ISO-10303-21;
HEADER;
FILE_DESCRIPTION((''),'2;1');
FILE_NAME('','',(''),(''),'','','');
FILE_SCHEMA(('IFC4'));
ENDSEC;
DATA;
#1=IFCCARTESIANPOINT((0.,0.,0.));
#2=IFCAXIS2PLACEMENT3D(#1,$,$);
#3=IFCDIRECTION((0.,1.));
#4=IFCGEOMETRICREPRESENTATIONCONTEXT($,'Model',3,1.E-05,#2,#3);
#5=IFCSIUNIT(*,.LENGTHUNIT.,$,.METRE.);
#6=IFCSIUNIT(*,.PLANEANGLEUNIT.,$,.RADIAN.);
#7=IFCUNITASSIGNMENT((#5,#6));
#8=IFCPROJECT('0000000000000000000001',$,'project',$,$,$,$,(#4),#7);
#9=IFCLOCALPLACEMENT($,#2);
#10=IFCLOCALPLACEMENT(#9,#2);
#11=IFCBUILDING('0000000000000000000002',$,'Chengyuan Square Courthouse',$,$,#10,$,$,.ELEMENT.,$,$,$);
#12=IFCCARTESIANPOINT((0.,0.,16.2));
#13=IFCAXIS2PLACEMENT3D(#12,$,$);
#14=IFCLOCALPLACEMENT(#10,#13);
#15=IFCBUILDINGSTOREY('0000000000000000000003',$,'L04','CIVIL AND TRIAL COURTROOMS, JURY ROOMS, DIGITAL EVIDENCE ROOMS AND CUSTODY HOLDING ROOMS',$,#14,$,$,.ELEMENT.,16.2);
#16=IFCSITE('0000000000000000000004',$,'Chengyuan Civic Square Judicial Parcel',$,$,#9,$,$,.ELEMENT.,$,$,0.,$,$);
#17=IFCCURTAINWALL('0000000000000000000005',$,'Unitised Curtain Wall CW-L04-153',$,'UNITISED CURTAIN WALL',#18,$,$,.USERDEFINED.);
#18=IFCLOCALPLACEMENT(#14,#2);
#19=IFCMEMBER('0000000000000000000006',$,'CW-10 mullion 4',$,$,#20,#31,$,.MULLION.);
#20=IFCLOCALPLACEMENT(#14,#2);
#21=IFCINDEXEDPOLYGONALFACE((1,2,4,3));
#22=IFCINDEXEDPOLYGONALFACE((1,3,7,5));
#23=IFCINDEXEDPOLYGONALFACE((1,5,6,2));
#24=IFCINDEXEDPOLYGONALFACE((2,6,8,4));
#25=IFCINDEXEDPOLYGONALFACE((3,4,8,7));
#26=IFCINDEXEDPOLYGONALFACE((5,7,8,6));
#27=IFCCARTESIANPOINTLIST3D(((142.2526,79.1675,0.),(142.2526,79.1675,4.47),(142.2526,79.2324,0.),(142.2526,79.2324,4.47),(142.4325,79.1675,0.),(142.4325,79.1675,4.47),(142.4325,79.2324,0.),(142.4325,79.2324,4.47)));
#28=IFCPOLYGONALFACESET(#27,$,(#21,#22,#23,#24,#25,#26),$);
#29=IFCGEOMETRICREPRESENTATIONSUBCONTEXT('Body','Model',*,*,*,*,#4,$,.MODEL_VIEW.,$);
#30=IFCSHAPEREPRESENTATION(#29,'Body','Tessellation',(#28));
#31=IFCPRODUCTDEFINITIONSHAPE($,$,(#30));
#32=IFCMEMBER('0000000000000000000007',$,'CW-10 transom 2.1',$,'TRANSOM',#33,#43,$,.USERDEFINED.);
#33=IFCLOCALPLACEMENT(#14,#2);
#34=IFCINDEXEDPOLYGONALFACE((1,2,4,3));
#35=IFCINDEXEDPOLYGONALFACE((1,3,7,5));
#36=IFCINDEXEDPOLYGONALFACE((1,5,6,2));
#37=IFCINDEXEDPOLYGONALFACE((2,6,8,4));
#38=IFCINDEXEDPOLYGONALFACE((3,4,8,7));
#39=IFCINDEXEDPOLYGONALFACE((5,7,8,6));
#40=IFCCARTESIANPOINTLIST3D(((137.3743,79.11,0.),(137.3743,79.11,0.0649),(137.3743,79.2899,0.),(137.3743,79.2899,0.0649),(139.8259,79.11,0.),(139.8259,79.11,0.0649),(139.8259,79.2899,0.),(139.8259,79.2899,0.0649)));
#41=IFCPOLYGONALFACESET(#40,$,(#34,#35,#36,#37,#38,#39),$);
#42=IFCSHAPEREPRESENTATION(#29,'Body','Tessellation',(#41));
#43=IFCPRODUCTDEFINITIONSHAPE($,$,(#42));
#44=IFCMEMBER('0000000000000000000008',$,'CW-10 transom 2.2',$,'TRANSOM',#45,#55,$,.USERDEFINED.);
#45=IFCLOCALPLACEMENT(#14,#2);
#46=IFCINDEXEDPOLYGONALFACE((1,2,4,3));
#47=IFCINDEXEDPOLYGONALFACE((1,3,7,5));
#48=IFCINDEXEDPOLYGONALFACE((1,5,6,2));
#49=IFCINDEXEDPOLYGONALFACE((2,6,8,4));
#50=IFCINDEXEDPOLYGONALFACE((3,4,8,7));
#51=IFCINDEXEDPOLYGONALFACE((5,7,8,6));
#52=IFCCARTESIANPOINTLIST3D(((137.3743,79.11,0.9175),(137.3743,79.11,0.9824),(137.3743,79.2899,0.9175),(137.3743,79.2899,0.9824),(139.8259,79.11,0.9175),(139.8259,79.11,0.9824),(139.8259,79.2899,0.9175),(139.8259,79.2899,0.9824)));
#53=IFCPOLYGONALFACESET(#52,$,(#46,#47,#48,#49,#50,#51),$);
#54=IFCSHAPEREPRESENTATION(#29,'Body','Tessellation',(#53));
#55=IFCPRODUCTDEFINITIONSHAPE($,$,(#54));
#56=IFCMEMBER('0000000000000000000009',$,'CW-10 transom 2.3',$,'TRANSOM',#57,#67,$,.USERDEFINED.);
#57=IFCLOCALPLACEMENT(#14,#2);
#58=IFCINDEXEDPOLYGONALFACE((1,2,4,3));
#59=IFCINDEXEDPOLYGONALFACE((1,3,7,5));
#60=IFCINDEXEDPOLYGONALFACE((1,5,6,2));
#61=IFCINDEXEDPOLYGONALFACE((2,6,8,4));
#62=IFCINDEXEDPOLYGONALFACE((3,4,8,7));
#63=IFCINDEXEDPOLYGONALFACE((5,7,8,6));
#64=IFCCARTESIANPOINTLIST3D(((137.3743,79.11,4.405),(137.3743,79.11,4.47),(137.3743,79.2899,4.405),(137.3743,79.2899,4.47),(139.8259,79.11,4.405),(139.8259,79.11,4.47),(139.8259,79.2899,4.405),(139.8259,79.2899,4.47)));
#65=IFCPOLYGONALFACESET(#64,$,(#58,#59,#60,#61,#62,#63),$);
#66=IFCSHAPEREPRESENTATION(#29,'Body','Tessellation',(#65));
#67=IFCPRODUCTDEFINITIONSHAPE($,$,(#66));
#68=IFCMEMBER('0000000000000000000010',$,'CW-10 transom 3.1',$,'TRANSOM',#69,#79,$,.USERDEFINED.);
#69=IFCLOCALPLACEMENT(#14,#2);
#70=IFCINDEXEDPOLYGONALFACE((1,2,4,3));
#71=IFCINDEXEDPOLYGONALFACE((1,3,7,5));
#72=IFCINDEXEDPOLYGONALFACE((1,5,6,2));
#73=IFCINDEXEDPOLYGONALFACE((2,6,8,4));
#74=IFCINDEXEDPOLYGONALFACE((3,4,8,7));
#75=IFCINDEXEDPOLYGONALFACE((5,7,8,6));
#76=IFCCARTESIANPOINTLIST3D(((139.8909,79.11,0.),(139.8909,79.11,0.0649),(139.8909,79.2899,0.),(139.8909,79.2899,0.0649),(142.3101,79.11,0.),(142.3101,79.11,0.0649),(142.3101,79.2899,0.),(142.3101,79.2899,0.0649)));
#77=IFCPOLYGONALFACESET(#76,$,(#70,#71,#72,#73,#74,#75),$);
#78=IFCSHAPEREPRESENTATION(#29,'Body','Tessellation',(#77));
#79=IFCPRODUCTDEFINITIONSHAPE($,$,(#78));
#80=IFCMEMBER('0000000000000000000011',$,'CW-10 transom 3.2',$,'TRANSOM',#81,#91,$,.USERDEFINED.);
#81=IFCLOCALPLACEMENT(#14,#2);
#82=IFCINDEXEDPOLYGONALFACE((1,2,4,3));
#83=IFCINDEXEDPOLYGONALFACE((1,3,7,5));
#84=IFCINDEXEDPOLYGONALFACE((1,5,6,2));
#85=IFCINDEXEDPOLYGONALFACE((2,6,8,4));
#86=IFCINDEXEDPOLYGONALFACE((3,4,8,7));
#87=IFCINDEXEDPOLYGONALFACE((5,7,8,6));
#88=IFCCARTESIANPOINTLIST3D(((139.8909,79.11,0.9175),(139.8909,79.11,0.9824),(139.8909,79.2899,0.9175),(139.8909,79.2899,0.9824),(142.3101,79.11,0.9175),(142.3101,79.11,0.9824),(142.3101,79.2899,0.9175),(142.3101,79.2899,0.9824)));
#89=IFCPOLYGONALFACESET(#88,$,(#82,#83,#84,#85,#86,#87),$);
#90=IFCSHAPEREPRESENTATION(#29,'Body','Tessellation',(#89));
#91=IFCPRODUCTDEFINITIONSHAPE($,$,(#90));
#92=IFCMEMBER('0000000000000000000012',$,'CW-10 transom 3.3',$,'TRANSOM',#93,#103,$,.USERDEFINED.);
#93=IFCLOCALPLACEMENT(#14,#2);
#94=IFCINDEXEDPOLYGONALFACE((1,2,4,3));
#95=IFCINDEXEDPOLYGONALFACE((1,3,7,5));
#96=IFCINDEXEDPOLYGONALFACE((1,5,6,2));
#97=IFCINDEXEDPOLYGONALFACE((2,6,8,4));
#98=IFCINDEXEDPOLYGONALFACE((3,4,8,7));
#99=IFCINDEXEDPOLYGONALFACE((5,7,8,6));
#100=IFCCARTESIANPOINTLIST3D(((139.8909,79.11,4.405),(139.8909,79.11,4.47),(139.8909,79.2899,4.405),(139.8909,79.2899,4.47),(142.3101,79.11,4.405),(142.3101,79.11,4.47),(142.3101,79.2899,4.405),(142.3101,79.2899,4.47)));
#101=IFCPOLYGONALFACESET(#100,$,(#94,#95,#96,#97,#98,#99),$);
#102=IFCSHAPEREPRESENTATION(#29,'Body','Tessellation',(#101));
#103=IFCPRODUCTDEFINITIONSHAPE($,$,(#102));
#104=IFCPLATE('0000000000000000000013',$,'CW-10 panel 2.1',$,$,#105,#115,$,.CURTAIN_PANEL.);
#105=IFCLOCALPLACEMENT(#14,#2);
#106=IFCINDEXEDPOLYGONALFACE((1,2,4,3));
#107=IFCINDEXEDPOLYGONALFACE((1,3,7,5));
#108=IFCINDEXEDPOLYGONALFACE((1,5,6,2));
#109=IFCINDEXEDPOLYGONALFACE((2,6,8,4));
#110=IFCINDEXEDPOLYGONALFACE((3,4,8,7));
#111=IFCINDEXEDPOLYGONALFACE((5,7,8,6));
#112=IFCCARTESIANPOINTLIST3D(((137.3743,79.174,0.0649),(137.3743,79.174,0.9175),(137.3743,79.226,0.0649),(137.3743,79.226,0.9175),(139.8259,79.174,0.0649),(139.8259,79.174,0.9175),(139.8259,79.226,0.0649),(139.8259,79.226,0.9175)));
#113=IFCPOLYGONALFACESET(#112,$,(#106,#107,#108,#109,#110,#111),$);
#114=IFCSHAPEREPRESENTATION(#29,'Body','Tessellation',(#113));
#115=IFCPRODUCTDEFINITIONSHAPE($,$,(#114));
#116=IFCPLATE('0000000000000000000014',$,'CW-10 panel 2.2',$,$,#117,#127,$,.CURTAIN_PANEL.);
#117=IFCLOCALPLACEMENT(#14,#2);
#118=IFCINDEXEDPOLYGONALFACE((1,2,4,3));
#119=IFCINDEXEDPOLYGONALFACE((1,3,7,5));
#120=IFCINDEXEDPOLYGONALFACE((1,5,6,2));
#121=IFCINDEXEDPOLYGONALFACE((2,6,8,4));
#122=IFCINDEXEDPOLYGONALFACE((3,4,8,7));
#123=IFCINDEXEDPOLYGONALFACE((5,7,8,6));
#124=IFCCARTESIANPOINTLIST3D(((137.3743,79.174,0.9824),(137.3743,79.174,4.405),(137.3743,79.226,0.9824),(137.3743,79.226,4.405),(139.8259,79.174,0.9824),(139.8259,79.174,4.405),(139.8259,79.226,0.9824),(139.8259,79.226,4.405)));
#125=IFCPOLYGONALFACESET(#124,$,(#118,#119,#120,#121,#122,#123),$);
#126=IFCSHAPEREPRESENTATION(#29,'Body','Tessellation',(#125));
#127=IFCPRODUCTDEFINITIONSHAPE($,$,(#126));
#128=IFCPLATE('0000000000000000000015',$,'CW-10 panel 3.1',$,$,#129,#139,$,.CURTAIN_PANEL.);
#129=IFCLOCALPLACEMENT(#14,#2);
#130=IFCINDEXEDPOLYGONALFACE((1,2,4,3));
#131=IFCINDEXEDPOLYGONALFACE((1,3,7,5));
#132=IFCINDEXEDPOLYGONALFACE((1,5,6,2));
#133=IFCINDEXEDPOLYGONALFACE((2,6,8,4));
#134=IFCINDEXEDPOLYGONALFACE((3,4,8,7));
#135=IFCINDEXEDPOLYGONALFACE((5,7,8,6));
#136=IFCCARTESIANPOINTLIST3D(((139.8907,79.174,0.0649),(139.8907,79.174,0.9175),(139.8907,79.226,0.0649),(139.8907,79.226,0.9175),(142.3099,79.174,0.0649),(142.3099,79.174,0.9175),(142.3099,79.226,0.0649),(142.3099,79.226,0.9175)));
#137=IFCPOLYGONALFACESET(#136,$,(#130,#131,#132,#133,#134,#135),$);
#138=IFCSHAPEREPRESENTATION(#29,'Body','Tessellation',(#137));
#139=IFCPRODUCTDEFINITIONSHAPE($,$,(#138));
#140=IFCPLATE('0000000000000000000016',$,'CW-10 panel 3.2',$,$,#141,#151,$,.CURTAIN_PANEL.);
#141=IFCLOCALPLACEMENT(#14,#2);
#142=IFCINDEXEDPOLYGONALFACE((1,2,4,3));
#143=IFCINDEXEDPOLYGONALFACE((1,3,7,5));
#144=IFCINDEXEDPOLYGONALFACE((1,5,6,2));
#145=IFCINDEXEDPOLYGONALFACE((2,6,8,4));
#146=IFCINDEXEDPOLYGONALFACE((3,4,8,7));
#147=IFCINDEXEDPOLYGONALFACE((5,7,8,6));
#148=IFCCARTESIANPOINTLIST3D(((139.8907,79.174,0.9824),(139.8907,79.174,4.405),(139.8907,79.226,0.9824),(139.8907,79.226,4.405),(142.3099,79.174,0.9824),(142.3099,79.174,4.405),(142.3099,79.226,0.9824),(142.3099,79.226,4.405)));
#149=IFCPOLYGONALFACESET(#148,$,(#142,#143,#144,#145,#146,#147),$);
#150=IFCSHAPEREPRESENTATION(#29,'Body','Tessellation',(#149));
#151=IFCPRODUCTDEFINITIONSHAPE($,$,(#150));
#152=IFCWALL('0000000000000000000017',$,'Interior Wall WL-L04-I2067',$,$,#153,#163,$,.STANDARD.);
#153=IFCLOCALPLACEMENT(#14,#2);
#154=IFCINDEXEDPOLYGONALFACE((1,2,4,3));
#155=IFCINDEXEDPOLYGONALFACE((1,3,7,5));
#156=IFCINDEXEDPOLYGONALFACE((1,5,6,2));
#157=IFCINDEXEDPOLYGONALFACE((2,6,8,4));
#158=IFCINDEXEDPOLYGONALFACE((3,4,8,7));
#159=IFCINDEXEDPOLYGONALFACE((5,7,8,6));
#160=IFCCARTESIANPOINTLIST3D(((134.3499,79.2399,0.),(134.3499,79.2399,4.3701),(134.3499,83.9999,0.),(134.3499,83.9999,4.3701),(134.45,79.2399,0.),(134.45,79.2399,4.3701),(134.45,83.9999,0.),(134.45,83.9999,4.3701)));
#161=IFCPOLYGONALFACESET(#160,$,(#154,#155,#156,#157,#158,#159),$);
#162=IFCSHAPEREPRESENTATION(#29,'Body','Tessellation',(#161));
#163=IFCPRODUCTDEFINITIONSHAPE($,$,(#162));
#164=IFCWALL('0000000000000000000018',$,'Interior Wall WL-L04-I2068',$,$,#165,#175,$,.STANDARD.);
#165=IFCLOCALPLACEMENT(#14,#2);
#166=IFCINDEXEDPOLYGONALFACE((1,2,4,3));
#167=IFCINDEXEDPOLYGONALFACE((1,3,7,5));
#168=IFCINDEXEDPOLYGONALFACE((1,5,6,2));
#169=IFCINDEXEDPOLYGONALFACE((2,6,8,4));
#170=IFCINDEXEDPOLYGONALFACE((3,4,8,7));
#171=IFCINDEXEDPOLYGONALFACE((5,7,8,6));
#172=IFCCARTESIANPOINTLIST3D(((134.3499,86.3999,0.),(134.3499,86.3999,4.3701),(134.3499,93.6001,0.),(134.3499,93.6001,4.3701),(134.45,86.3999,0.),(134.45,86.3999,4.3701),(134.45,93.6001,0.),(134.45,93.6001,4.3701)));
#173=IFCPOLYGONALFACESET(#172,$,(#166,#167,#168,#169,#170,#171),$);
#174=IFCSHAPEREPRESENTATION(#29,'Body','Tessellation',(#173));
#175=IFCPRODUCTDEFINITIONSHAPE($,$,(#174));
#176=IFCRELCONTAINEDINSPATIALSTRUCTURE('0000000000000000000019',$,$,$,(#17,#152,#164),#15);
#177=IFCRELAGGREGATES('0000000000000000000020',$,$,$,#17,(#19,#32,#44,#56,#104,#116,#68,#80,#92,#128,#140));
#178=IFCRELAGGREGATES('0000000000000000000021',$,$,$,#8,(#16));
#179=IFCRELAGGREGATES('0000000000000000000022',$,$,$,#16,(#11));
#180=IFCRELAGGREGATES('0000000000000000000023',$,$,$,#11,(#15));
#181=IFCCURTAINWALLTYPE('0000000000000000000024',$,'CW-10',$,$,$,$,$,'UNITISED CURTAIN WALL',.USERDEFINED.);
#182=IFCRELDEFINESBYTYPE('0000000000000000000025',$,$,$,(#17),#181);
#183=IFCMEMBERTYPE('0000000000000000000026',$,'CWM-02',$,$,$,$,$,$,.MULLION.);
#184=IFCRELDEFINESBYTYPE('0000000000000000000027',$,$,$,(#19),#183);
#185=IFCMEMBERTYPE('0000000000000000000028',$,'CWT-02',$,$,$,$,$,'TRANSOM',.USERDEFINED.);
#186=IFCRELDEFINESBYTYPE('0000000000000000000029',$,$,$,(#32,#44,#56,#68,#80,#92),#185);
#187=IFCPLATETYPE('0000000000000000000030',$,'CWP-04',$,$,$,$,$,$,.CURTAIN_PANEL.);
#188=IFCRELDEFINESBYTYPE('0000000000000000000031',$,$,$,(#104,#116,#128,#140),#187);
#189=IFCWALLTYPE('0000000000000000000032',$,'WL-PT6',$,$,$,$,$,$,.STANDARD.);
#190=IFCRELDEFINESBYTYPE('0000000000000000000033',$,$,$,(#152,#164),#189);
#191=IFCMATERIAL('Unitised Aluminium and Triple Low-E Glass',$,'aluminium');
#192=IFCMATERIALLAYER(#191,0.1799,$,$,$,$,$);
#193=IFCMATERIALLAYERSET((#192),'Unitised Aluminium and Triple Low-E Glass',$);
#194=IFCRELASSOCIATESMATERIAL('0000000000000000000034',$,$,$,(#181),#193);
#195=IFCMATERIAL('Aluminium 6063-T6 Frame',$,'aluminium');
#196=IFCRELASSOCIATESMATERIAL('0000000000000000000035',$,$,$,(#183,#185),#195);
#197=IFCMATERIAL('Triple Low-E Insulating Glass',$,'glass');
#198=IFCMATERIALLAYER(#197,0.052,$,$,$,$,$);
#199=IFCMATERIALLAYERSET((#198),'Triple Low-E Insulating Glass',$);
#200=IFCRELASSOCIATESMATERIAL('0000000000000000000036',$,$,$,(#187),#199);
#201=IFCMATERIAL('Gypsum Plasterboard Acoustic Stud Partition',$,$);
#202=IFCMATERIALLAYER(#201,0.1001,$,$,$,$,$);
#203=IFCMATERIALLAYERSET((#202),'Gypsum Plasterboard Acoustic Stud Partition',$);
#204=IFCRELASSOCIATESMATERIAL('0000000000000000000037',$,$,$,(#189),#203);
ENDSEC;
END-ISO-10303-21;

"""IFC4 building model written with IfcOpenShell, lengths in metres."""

from ifc_helpers import new_model, si_unit, direction, frame, frame_2d, origin, origin_2d, place, context, subcontext, project, spatial, rectangle, extrude, material, layer, layer_set, material_profile, profile_set, type_object, element, aggregate, save


model = new_model("IFC4")

# Units and contexts
model_context = context("Model", 3, precision=1e-05, world=origin(), true_north=direction((0.0, 1.0)))
body_context = subcontext(model_context, "Body", "Model", "MODEL_VIEW")
ifc_project = project(units=[si_unit("LENGTHUNIT", "METRE"), si_unit("PLANEANGLEUNIT", "RADIAN")], contexts=[model_context])

# Site, building, storey
site_placement = place(None, origin())
site = spatial("IfcSite", under=ifc_project, at=site_placement, Name="Chengyuan Civic Square Judicial Parcel", CompositionType="ELEMENT", RefElevation=0.0)
building_placement = place(site_placement, origin())
building = spatial("IfcBuilding", under=site, at=building_placement, Name="Chengyuan Square Courthouse", CompositionType="ELEMENT")
storey_placement = place(building_placement, frame((0.0, 0.0, 16.2)))
storey = spatial("IfcBuildingStorey", under=building, at=storey_placement, Name="L04", Description="CIVIL AND TRIAL COURTROOMS, JURY ROOMS, DIGITAL EVIDENCE ROOMS AND CUSTODY HOLDING ROOMS", CompositionType="ELEMENT", Elevation=16.2)

# Curtain wall, members, plates
ifc_material_1 = material(Name="Unitised Aluminium and Triple Low-E Glass", Category="aluminium")
ifc_layer_1 = layer(ifc_material_1, 0.1799)
ifc_layer_set_1 = layer_set([ifc_layer_1], Name="Unitised Aluminium and Triple Low-E Glass")
curtain_wall_type = type_object("IfcCurtainWallType", Name="CW-10", ElementType="UNITISED CURTAIN WALL", PredefinedType="USERDEFINED", material=ifc_layer_set_1)
curtain_wall_placement = place(storey_placement, origin())
curtain_wall = element("IfcCurtainWall", 1, at=curtain_wall_placement, inside=storey, type_object=curtain_wall_type, Name="Unitised Curtain Wall CW-L04-153", ObjectType="UNITISED CURTAIN WALL", PredefinedType="USERDEFINED")
ifc_material_2 = material(Name="Aluminium 6063-T6 Frame", Category="aluminium")
ifc_material_profile_1 = material_profile(ifc_material_2, rectangle(XDim=0.0649, YDim=0.1799, at=origin_2d()), Name="CW-MUL-65x180")
ifc_profile_set_1 = profile_set([ifc_material_profile_1], Name="Aluminium 6063-T6 Frame")
member_type_1 = type_object("IfcMemberType", Name="CWM-02", PredefinedType="MULLION", material=ifc_profile_set_1)
member_1_placement = place(storey_placement, frame((142.3425, 79.2, 0.0), z_axis=(0.0, 0.0, 1.0), x_axis=(0.0, 1.0, 0.0)))
member_1 = element("IfcMember", 2, at=member_1_placement, type_object=member_type_1, Name="CW-10 mullion 4", PredefinedType="MULLION", context=body_context, shape_type="SweptSolid", body=[
    extrude(rectangle(XDim=0.0649, YDim=0.1799, at=origin_2d()), origin(), (0.0, 0.0, 1.0), 4.47),
])
ifc_material_profile_2 = material_profile(ifc_material_2, rectangle(XDim=0.1799, YDim=0.0649, at=origin_2d()), Name="CW-TRN-65x140")
ifc_profile_set_2 = profile_set([ifc_material_profile_2], Name="Aluminium 6063-T6 Frame")
member_type_2 = type_object("IfcMemberType", Name="CWT-02", ElementType="TRANSOM", PredefinedType="USERDEFINED", material=ifc_profile_set_2)
member_2_placement = place(storey_placement, frame((137.3743, 79.2, 0.0325), z_axis=(1.0, 0.0, 0.0), x_axis=(0.0, 1.0, 0.0)))
member_2 = element("IfcMember", 3, at=member_2_placement, type_object=member_type_2, Name="CW-10 transom 2.1", ObjectType="TRANSOM", PredefinedType="USERDEFINED", context=body_context, shape_type="SweptSolid", body=[
    extrude(rectangle(XDim=0.1799, YDim=0.0649, at=origin_2d()), origin(), (0.0, 0.0, 1.0), 2.4517),
])
member_3_placement = place(storey_placement, frame((137.3743, 79.2, 0.95), z_axis=(1.0, 0.0, 0.0), x_axis=(0.0, 1.0, 0.0)))
member_3 = element("IfcMember", 4, at=member_3_placement, type_object=member_type_2, Name="CW-10 transom 2.2", ObjectType="TRANSOM", PredefinedType="USERDEFINED", context=body_context, shape_type="SweptSolid", body=[
    extrude(rectangle(XDim=0.1799, YDim=0.0649, at=origin_2d()), origin(), (0.0, 0.0, 1.0), 2.4517),
])
member_4_placement = place(storey_placement, frame((137.3743, 79.2, 4.4375), z_axis=(1.0, 0.0, 0.0), x_axis=(0.0, 1.0, 0.0)))
member_4 = element("IfcMember", 5, at=member_4_placement, type_object=member_type_2, Name="CW-10 transom 2.3", ObjectType="TRANSOM", PredefinedType="USERDEFINED", context=body_context, shape_type="SweptSolid", body=[
    extrude(rectangle(XDim=0.1799, YDim=0.0649, at=origin_2d()), origin(), (0.0, 0.0, 1.0), 2.4517),
])
member_5_placement = place(storey_placement, frame((139.8909, 79.2, 0.0325), z_axis=(1.0, 0.0, 0.0), x_axis=(0.0, 1.0, 0.0)))
member_5 = element("IfcMember", 6, at=member_5_placement, type_object=member_type_2, Name="CW-10 transom 3.1", ObjectType="TRANSOM", PredefinedType="USERDEFINED", context=body_context, shape_type="SweptSolid", body=[
    extrude(rectangle(XDim=0.1799, YDim=0.0649, at=origin_2d()), origin(), (0.0, 0.0, 1.0), 2.4192),
])
member_6_placement = place(storey_placement, frame((139.8909, 79.2, 0.95), z_axis=(1.0, 0.0, 0.0), x_axis=(0.0, 1.0, 0.0)))
member_6 = element("IfcMember", 7, at=member_6_placement, type_object=member_type_2, Name="CW-10 transom 3.2", ObjectType="TRANSOM", PredefinedType="USERDEFINED", context=body_context, shape_type="SweptSolid", body=[
    extrude(rectangle(XDim=0.1799, YDim=0.0649, at=origin_2d()), origin(), (0.0, 0.0, 1.0), 2.4192),
])
member_7_placement = place(storey_placement, frame((139.8909, 79.2, 4.4375), z_axis=(1.0, 0.0, 0.0), x_axis=(0.0, 1.0, 0.0)))
member_7 = element("IfcMember", 8, at=member_7_placement, type_object=member_type_2, Name="CW-10 transom 3.3", ObjectType="TRANSOM", PredefinedType="USERDEFINED", context=body_context, shape_type="SweptSolid", body=[
    extrude(rectangle(XDim=0.1799, YDim=0.0649, at=origin_2d()), origin(), (0.0, 0.0, 1.0), 2.4192),
])
ifc_material_3 = material(Name="Triple Low-E Insulating Glass", Category="glass")
ifc_layer_2 = layer(ifc_material_3, 0.052)
ifc_layer_set_2 = layer_set([ifc_layer_2], Name="Triple Low-E Insulating Glass")
plate_type = type_object("IfcPlateType", Name="CWP-04", PredefinedType="CURTAIN_PANEL", material=ifc_layer_set_2)
plate_1_placement = place(storey_placement, frame((138.6001, 79.2, 0.0649), z_axis=(0.0, 0.0, 1.0), x_axis=(1.0, 0.0, 0.0)))
plate_1 = element("IfcPlate", 9, at=plate_1_placement, type_object=plate_type, Name="CW-10 panel 2.1", PredefinedType="CURTAIN_PANEL", context=body_context, shape_type="SweptSolid", body=[
    extrude(rectangle(XDim=2.4517, YDim=0.052, at=origin_2d()), origin(), (0.0, 0.0, 1.0), 0.8525),
])
plate_2_placement = place(storey_placement, frame((138.6001, 79.2, 0.9824), z_axis=(0.0, 0.0, 1.0), x_axis=(1.0, 0.0, 0.0)))
plate_2 = element("IfcPlate", 10, at=plate_2_placement, type_object=plate_type, Name="CW-10 panel 2.2", PredefinedType="CURTAIN_PANEL", context=body_context, shape_type="SweptSolid", body=[
    extrude(rectangle(XDim=2.4517, YDim=0.052, at=origin_2d()), origin(), (0.0, 0.0, 1.0), 3.4226),
])
plate_3_placement = place(storey_placement, frame((141.1003, 79.2, 0.0649), z_axis=(0.0, 0.0, 1.0), x_axis=(1.0, 0.0, 0.0)))
plate_3 = element("IfcPlate", 11, at=plate_3_placement, type_object=plate_type, Name="CW-10 panel 3.1", PredefinedType="CURTAIN_PANEL", context=body_context, shape_type="SweptSolid", body=[
    extrude(rectangle(XDim=2.4192, YDim=0.052, at=origin_2d()), origin(), (0.0, 0.0, 1.0), 0.8525),
])
plate_4_placement = place(storey_placement, frame((141.1003, 79.2, 0.9824), z_axis=(0.0, 0.0, 1.0), x_axis=(1.0, 0.0, 0.0)))
plate_4 = element("IfcPlate", 12, at=plate_4_placement, type_object=plate_type, Name="CW-10 panel 3.2", PredefinedType="CURTAIN_PANEL", context=body_context, shape_type="SweptSolid", body=[
    extrude(rectangle(XDim=2.4192, YDim=0.052, at=origin_2d()), origin(), (0.0, 0.0, 1.0), 3.4226),
])
aggregate(curtain_wall, [member_1, member_2, member_3, member_4, plate_1, plate_2, member_5, member_6, member_7, plate_3, plate_4])

# Walls
ifc_material_4 = material(Name="Gypsum Plasterboard Acoustic Stud Partition")
ifc_layer_3 = layer(ifc_material_4, 0.1001)
ifc_layer_set_3 = layer_set([ifc_layer_3], Name="Gypsum Plasterboard Acoustic Stud Partition")
wall_type = type_object("IfcWallType", Name="WL-PT6", PredefinedType="STANDARD", material=ifc_layer_set_3)
wall_1_placement = place(storey_placement, frame((134.3999, 79.24, 0.0), z_axis=(0.0, 0.0, 1.0), x_axis=(0.0, 1.0, 0.0)))
element("IfcWall", 13, at=wall_1_placement, inside=storey, type_object=wall_type, Name="Interior Wall WL-L04-I2067", PredefinedType="STANDARD", context=body_context, shape_type="SweptSolid", body=[
    extrude(rectangle(XDim=4.76, YDim=0.1001, at=frame_2d((2.3799, 0.0))), origin(), (0.0, 0.0, 1.0), 4.3701),
])
wall_2_placement = place(storey_placement, frame((134.3999, 86.3999, 0.0), z_axis=(0.0, 0.0, 1.0), x_axis=(0.0, 1.0, 0.0)))
element("IfcWall", 14, at=wall_2_placement, inside=storey, type_object=wall_type, Name="Interior Wall WL-L04-I2068", PredefinedType="STANDARD", context=body_context, shape_type="SweptSolid", body=[
    extrude(rectangle(XDim=7.2002, YDim=0.1001, at=frame_2d((3.6001, 0.0))), origin(), (0.0, 0.0, 1.0), 4.3701),
])

save(model, "model.ifc")
